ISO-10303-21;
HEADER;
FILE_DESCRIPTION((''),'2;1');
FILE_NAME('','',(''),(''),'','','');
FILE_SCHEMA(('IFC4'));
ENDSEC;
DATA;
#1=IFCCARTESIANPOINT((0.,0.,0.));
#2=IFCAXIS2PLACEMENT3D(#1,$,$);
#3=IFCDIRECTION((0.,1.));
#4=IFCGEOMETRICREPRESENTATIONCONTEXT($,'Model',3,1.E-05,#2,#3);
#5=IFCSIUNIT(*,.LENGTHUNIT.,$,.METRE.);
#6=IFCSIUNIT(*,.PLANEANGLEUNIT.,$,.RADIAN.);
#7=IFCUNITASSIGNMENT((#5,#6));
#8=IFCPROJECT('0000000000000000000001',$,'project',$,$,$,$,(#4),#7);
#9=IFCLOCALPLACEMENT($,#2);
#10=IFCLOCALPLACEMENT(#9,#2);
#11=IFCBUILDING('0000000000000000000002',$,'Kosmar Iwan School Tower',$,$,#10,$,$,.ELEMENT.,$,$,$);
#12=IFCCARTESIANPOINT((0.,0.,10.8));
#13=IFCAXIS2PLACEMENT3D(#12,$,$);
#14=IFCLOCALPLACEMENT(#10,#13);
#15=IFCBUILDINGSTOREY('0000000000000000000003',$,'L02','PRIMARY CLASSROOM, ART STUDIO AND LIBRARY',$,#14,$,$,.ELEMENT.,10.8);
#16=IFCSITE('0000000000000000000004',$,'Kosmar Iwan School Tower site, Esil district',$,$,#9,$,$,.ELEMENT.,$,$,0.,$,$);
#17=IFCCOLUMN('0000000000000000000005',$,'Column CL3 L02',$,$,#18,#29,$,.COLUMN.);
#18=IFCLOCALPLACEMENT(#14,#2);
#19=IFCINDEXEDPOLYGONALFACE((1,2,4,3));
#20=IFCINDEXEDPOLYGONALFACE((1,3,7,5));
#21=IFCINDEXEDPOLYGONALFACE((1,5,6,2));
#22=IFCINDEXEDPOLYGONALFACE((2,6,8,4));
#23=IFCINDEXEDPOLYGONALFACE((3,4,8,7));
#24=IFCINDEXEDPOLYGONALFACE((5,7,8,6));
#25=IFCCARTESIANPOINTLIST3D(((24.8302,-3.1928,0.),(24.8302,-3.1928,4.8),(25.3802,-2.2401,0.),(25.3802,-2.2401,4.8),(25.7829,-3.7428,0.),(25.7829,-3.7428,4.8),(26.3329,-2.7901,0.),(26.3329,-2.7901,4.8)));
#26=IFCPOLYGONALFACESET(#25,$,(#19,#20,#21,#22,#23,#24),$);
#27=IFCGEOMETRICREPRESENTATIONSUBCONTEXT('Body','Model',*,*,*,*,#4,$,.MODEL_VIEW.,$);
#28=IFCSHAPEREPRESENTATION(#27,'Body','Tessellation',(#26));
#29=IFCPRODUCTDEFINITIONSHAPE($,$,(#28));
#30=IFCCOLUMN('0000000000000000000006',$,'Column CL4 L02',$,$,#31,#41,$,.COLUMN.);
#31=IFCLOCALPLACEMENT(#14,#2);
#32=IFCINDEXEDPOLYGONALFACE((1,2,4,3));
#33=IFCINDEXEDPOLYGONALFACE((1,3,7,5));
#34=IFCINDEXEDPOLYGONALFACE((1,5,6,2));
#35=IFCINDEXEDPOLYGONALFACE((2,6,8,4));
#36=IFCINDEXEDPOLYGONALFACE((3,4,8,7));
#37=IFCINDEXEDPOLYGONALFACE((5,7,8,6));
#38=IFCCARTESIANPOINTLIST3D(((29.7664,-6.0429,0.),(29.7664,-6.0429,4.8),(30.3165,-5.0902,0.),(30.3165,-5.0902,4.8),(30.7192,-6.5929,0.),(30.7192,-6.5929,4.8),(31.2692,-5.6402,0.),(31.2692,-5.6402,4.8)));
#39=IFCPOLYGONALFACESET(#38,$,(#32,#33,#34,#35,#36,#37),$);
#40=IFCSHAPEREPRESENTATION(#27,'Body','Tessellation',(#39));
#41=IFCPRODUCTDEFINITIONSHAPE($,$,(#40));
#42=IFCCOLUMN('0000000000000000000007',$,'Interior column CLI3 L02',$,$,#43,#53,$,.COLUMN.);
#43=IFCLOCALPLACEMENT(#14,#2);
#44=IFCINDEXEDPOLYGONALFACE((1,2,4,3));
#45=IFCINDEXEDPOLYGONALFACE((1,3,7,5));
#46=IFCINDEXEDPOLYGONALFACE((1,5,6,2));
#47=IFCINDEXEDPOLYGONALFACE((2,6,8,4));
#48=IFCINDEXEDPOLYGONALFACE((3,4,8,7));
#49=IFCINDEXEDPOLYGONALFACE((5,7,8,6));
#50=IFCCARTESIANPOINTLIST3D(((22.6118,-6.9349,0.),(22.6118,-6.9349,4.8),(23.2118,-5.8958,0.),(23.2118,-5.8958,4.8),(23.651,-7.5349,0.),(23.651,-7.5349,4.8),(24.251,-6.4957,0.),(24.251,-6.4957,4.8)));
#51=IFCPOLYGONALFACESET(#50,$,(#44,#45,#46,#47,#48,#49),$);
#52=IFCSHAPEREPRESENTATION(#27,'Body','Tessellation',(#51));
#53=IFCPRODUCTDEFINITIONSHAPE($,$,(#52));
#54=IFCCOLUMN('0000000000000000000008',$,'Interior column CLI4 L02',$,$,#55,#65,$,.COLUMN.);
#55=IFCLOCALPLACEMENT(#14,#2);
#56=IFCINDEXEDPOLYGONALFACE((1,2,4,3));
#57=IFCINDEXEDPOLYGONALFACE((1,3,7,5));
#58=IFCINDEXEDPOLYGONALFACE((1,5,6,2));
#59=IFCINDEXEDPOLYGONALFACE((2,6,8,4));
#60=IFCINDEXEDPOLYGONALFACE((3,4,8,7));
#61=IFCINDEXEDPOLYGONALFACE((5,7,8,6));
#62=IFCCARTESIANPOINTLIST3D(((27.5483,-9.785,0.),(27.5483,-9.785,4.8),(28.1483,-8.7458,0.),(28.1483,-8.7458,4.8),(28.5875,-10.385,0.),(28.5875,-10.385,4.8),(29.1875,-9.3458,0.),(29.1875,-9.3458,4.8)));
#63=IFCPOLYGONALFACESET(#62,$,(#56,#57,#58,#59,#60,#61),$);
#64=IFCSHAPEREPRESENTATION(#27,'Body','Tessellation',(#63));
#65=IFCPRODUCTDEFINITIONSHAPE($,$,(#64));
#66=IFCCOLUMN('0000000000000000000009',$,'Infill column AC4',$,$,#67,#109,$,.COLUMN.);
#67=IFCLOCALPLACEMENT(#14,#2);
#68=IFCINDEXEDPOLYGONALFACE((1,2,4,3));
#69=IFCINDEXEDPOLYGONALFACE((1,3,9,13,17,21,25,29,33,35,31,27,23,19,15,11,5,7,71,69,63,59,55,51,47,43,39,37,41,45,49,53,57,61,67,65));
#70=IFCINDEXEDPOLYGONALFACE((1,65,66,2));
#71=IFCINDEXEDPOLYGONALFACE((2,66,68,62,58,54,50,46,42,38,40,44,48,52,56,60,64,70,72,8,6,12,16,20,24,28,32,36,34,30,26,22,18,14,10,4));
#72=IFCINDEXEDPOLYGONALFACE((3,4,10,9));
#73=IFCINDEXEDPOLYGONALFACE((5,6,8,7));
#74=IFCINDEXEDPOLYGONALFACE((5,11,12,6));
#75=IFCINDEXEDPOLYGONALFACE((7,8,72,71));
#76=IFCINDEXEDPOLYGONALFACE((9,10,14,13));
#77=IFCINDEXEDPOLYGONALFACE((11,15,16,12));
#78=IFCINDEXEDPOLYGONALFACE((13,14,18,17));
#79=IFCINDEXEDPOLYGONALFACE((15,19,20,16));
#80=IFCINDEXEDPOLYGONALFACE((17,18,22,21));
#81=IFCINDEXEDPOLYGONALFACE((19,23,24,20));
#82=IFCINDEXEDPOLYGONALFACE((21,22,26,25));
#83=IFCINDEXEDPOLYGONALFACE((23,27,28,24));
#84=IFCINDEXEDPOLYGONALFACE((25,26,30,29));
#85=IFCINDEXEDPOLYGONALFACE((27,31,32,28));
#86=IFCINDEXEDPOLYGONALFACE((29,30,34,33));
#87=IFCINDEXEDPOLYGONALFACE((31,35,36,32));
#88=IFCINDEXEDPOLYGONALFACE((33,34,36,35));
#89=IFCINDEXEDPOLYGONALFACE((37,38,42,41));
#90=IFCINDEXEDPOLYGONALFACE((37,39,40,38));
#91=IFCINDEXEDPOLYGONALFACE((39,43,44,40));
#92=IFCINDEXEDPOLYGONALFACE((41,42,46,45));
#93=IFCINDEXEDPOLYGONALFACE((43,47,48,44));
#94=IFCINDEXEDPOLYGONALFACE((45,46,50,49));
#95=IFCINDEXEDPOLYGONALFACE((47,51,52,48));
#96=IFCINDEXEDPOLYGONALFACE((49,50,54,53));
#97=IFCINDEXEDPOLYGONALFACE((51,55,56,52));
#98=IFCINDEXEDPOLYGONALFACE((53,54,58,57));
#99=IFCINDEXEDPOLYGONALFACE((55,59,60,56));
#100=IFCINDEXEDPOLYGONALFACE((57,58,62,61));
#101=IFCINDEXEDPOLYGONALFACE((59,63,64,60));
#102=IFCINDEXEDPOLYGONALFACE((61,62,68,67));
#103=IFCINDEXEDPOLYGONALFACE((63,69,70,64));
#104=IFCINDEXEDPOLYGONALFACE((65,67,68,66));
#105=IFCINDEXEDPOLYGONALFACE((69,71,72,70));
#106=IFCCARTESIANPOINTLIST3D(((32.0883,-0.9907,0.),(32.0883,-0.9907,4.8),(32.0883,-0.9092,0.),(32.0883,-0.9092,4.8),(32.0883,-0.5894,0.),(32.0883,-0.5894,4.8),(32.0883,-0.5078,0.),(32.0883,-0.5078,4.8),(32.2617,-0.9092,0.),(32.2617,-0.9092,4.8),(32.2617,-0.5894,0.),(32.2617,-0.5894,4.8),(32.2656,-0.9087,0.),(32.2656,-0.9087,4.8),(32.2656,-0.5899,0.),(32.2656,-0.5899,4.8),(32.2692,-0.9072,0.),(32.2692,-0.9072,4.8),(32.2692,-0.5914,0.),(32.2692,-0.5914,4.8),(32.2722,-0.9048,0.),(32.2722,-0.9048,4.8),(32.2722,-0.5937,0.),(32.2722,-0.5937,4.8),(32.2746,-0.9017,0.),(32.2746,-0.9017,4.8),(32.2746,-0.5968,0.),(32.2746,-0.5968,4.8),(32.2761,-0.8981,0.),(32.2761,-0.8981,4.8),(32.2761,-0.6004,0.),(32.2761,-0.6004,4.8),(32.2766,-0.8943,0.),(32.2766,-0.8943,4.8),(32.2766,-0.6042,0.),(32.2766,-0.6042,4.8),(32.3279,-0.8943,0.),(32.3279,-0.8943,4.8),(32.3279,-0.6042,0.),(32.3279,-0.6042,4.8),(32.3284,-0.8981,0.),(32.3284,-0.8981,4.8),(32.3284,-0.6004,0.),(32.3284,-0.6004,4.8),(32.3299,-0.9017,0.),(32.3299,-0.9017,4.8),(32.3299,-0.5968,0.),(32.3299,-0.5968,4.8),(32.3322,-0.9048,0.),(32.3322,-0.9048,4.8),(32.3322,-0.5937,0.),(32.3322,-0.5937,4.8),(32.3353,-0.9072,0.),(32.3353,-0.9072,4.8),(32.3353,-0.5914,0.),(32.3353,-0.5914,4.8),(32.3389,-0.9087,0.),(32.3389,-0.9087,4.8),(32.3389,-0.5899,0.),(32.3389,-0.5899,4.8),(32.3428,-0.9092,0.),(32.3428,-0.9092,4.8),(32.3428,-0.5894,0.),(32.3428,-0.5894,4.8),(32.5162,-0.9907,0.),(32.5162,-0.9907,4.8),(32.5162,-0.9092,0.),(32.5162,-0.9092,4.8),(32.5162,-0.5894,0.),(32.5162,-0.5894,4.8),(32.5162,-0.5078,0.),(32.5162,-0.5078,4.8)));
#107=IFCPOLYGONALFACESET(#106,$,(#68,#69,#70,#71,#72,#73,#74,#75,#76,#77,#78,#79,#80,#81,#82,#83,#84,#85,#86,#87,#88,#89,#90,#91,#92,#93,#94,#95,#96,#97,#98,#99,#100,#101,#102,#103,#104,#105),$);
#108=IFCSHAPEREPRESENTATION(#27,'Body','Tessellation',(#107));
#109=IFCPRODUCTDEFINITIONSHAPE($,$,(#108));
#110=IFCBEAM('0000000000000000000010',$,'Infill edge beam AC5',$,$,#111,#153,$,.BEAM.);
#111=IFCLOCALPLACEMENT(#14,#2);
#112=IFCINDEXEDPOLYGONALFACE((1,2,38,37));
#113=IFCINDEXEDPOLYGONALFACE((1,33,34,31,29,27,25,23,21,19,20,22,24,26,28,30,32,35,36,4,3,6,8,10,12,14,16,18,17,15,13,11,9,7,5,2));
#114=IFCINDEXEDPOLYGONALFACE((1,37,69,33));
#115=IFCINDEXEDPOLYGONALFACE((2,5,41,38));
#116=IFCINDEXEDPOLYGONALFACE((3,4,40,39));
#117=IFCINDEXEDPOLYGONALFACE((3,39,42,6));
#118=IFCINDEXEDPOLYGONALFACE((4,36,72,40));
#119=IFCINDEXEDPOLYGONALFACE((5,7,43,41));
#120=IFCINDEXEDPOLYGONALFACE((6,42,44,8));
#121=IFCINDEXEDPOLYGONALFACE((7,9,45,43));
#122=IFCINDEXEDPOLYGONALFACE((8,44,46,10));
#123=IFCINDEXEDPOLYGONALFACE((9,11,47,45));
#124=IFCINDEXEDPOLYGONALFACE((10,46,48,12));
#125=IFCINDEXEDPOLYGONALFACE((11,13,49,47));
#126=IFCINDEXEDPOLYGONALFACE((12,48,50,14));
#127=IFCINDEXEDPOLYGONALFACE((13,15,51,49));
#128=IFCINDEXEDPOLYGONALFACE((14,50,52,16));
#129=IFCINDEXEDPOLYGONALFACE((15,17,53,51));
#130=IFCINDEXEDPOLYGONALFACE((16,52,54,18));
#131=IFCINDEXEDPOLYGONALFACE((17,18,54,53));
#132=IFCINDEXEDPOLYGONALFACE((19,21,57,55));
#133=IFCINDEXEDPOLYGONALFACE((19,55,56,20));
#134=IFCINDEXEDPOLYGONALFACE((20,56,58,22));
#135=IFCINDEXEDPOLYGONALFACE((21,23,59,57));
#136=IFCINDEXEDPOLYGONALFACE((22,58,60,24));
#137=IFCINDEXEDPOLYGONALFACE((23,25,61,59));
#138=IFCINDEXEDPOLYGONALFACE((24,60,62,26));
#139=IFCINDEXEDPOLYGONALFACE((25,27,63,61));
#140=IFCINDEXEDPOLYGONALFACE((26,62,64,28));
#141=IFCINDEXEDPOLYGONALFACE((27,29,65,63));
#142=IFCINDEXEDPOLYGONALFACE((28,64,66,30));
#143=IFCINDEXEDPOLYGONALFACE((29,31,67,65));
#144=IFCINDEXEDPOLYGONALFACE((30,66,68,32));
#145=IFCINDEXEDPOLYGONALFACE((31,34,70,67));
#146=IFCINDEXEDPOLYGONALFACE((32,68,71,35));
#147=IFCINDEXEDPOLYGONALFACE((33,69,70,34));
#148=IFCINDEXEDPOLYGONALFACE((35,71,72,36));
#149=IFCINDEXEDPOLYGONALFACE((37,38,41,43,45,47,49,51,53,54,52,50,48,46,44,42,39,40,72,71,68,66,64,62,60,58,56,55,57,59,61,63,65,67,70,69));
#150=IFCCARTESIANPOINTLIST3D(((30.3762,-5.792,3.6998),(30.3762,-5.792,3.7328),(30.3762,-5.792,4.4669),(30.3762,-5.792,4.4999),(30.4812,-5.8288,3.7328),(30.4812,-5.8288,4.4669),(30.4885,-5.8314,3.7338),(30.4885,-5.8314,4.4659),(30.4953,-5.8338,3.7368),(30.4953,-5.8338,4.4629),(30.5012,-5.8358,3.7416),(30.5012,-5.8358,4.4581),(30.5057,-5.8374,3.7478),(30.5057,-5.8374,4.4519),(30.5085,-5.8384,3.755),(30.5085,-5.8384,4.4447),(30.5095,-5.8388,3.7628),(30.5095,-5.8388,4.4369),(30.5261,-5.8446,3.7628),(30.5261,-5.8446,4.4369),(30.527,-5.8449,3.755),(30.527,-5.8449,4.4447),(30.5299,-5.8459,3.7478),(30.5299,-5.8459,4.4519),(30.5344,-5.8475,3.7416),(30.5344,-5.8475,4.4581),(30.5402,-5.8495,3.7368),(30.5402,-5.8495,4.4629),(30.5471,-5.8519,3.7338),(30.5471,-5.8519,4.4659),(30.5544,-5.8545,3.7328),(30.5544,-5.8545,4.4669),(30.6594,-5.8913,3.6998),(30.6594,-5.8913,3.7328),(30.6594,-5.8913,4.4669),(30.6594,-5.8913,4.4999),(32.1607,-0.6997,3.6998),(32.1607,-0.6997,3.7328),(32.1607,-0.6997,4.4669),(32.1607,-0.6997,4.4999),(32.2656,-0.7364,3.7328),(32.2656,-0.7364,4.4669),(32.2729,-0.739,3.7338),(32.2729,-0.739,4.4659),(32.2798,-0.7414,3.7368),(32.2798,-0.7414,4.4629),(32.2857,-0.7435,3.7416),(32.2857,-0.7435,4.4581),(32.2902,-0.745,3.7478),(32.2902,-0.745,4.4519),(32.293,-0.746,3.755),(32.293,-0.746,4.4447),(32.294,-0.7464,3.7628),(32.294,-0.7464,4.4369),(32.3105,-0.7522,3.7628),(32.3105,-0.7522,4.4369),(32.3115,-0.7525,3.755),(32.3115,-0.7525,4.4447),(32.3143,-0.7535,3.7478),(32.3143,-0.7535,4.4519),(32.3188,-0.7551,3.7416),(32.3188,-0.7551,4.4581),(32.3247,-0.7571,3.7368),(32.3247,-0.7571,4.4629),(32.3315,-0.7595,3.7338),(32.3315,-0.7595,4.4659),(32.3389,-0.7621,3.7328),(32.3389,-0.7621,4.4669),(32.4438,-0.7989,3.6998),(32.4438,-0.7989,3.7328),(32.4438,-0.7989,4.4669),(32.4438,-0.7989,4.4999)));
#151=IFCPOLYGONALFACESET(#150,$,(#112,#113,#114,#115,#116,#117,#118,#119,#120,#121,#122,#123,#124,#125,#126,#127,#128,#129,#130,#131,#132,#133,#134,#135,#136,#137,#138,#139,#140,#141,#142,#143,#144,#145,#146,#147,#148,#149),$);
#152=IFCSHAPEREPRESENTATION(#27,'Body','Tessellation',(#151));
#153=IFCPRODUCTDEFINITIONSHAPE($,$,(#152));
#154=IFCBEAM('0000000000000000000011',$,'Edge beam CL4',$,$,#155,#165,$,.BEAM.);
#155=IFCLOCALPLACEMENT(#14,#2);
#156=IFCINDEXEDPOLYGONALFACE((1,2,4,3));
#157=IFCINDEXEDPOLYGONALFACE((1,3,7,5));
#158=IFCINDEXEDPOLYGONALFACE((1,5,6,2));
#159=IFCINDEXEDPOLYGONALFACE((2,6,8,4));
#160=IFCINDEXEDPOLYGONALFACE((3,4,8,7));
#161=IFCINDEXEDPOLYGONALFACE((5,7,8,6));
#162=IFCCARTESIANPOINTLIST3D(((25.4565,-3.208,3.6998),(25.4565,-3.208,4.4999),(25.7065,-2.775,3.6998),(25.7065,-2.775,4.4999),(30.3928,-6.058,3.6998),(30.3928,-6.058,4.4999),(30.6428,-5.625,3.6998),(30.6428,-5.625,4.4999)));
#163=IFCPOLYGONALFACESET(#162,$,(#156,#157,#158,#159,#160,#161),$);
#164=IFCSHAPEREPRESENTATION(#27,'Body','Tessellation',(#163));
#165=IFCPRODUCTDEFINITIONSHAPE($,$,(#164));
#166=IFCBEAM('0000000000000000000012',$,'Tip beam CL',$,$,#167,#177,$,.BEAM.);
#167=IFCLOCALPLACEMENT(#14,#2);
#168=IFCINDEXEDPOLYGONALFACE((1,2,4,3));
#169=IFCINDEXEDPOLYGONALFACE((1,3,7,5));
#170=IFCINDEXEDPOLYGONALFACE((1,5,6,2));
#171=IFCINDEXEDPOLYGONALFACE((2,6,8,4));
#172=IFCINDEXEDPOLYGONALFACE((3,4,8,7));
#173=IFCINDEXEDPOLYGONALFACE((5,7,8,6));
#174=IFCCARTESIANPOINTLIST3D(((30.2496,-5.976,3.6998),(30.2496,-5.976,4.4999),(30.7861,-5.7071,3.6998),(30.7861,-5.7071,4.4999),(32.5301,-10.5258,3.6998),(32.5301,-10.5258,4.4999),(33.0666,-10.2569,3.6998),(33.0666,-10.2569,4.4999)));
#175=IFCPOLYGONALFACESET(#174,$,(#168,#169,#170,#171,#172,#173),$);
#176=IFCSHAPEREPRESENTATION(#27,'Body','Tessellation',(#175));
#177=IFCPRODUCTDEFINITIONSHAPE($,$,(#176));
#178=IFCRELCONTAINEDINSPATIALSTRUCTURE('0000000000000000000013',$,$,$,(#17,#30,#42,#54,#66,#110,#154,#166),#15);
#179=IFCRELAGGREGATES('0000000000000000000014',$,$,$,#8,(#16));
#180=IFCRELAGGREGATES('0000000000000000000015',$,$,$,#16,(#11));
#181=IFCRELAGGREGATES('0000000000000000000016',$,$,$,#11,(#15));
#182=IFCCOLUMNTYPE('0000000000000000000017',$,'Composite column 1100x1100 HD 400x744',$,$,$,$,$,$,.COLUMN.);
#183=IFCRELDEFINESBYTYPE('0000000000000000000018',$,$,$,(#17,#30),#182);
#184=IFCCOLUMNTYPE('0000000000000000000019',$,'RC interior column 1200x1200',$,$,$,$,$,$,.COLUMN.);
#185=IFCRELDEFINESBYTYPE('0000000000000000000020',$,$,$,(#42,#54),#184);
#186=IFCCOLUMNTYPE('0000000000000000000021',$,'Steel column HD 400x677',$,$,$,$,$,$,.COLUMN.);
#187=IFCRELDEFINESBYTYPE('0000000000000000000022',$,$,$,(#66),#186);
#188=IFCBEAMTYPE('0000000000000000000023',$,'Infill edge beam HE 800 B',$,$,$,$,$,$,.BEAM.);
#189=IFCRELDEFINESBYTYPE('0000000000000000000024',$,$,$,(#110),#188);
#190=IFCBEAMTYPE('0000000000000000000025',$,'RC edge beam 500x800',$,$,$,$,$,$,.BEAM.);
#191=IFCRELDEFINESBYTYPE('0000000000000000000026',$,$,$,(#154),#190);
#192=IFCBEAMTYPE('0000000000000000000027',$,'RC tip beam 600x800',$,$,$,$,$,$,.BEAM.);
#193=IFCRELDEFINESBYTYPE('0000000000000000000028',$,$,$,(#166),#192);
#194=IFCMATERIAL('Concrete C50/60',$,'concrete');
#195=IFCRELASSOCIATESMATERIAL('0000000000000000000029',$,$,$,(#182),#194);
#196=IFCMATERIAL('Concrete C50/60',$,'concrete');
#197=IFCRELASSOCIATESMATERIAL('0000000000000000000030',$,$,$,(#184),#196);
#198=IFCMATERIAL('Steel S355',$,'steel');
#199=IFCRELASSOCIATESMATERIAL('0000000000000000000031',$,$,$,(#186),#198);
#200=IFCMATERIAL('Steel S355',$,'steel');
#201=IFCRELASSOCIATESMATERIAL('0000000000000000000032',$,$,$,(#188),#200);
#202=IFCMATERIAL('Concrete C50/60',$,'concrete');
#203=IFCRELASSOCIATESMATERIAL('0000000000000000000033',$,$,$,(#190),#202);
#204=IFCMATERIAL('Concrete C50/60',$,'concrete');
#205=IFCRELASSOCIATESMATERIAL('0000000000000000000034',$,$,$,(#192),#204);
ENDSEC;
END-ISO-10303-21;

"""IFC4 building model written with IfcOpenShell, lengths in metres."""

from ifc_helpers import new_model, si_unit, direction, frame, origin, origin_2d, place, context, subcontext, project, spatial, rectangle, i_section, extrude, material, material_profile, profile_set, type_object, element, save


model = new_model("IFC4")

# Units and contexts
model_context = context("Model", 3, precision=1e-05, world=origin(), true_north=direction((0.0, 1.0)))
body_context = subcontext(model_context, "Body", "Model", "MODEL_VIEW")
ifc_project = project(units=[si_unit("LENGTHUNIT", "METRE"), si_unit("PLANEANGLEUNIT", "RADIAN")], contexts=[model_context])

# Site, building, storey
site_placement = place(None, origin())
site = spatial("IfcSite", under=ifc_project, at=site_placement, Name="Kosmar Iwan School Tower site, Esil district", CompositionType="ELEMENT", RefElevation=0.0)
building_placement = place(site_placement, origin())
building = spatial("IfcBuilding", under=site, at=building_placement, Name="Kosmar Iwan School Tower", CompositionType="ELEMENT")
storey_placement = place(building_placement, frame((0.0, 0.0, 10.8)))
storey = spatial("IfcBuildingStorey", under=building, at=storey_placement, Name="L02", Description="PRIMARY CLASSROOM, ART STUDIO AND LIBRARY", CompositionType="ELEMENT", Elevation=10.8)

# Columns
ifc_material_1 = material(Name="Concrete C50/60", Category="concrete")
ifc_material_profile_1 = material_profile(ifc_material_1, rectangle(XDim=1.1001, YDim=1.1001, at=origin_2d()), Name="RC 1100x1100 + HD 400x744")
ifc_profile_set_1 = profile_set([ifc_material_profile_1], Name="Concrete C50/60")
column_type_1 = type_object("IfcColumnType", Name="Composite column 1100x1100 HD 400x744", PredefinedType="COLUMN", material=ifc_profile_set_1)
for number, where, z_axis, x_axis, name in (
    (1, (25.5815, -2.9915, 0.0), (0.0, 0.0, 1.0), (0.866025, -0.5, 0.0), "Column CL3 L02"),
    (2, (30.5178, -5.8416, 0.0), (0.0, 0.0, 1.0), (0.866025, -0.5, 0.0), "Column CL4 L02"),
):
    element("IfcColumn", number, at=place(storey_placement, frame(where, z_axis=z_axis, x_axis=x_axis)), inside=storey, type_object=column_type_1, Name=name, PredefinedType="COLUMN", context=body_context, shape_type="SweptSolid", body=[
        extrude(rectangle(XDim=1.1001, YDim=1.1001, at=origin_2d()), origin(), (0.0, 0.0, 1.0), 4.8),
    ])
ifc_material_2 = material(Name="Concrete C50/60", Category="concrete")
ifc_material_profile_2 = material_profile(ifc_material_2, rectangle(XDim=1.2, YDim=1.2, at=origin_2d()), Name="RC 1200x1200")
ifc_profile_set_2 = profile_set([ifc_material_profile_2], Name="Concrete C50/60")
column_type_2 = type_object("IfcColumnType", Name="RC interior column 1200x1200", PredefinedType="COLUMN", material=ifc_profile_set_2)
for number, where, z_axis, x_axis, name in (
    (3, (23.4314, -6.7153, 0.0), (0.0, 0.0, 1.0), (0.866025, -0.5, 0.0), "Interior column CLI3 L02"),
    (4, (28.3679, -9.5654, 0.0), (0.0, 0.0, 1.0), (0.866025, -0.5, 0.0), "Interior column CLI4 L02"),
):
    element("IfcColumn", number, at=place(storey_placement, frame(where, z_axis=z_axis, x_axis=x_axis)), inside=storey, type_object=column_type_2, Name=name, PredefinedType="COLUMN", context=body_context, shape_type="SweptSolid", body=[
        extrude(rectangle(XDim=1.2, YDim=1.2, at=origin_2d()), origin(), (0.0, 0.0, 1.0), 4.8),
    ])
ifc_material_3 = material(Name="Steel S355", Category="steel")
ifc_material_profile_3 = material_profile(ifc_material_3, i_section(OverallWidth=0.428, OverallDepth=0.4829, WebThickness=0.0513, FlangeThickness=0.0815, FilletRadius=0.0149, at=origin_2d()), Name="HD 400x677")
ifc_profile_set_3 = profile_set([ifc_material_profile_3], Name="Steel S355")
column_type_3 = type_object("IfcColumnType", Name="Steel column HD 400x677", PredefinedType="COLUMN", material=ifc_profile_set_3)
column_placement = place(storey_placement, frame((32.3022, -0.7493, 0.0), z_axis=(0.0, 0.0, 1.0), x_axis=(1.0, 0.0, 0.0)))
element("IfcColumn", 5, at=column_placement, inside=storey, type_object=column_type_3, Name="Infill column AC4", PredefinedType="COLUMN", context=body_context, shape_type="SweptSolid", body=[
    extrude(i_section(OverallWidth=0.428, OverallDepth=0.4829, WebThickness=0.0513, FlangeThickness=0.0815, FilletRadius=0.0149, at=origin_2d()), origin(), (0.0, 0.0, 1.0), 4.8),
])

# Beams
ifc_material_4 = material(Name="Steel S355", Category="steel")
ifc_material_profile_4 = material_profile(ifc_material_4, i_section(OverallWidth=0.3, OverallDepth=0.8, WebThickness=0.0176, FlangeThickness=0.033, FilletRadius=0.03, at=origin_2d()), Name="HE 800 B")
ifc_profile_set_4 = profile_set([ifc_material_profile_4], Name="Steel S355")
beam_type_1 = type_object("IfcBeamType", Name="Infill edge beam HE 800 B", PredefinedType="BEAM", material=ifc_profile_set_4)
beam_1_placement = place(storey_placement, frame((32.3022, -0.7493, 4.0999), z_axis=(-0.330701, -0.943736, 0.0), x_axis=(0.943736, -0.330701, 0.0)))
element("IfcBeam", 6, at=beam_1_placement, inside=storey, type_object=beam_type_1, Name="Infill edge beam AC5", PredefinedType="BEAM", context=body_context, shape_type="SweptSolid", body=[
    extrude(i_section(OverallWidth=0.3, OverallDepth=0.8, WebThickness=0.0176, FlangeThickness=0.033, FilletRadius=0.03, at=origin_2d()), origin(), (0.0, 0.0, 1.0), 5.396),
])
ifc_material_5 = material(Name="Concrete C50/60", Category="concrete")
ifc_material_profile_5 = material_profile(ifc_material_5, rectangle(XDim=0.5, YDim=0.8, at=origin_2d()), Name="RC 500x800")
ifc_profile_set_5 = profile_set([ifc_material_profile_5], Name="Concrete C50/60")
beam_type_2 = type_object("IfcBeamType", Name="RC edge beam 500x800", PredefinedType="BEAM", material=ifc_profile_set_5)
beam_2_placement = place(storey_placement, frame((25.5815, -2.9915, 4.0999), z_axis=(0.866015, -0.500018, 0.0), x_axis=(0.500018, 0.866015, 0.0)))
element("IfcBeam", 7, at=beam_2_placement, inside=storey, type_object=beam_type_2, Name="Edge beam CL4", PredefinedType="BEAM", context=body_context, shape_type="SweptSolid", body=[
    extrude(rectangle(XDim=0.5, YDim=0.8, at=origin_2d()), origin(), (0.0, 0.0, 1.0), 5.7),
])
ifc_material_6 = material(Name="Concrete C50/60", Category="concrete")
ifc_material_profile_6 = material_profile(ifc_material_6, rectangle(XDim=0.6001, YDim=0.8, at=origin_2d()), Name="RC 600x800")
ifc_profile_set_6 = profile_set([ifc_material_profile_6], Name="Concrete C50/60")
beam_type_3 = type_object("IfcBeamType", Name="RC tip beam 600x800", PredefinedType="BEAM", material=ifc_profile_set_6)
beam_3_placement = place(storey_placement, frame((30.5178, -5.8416, 4.0999), z_axis=(0.448096, -0.893985, 0.0), x_axis=(0.893985, 0.448096, 0.0)))
element("IfcBeam", 8, at=beam_3_placement, inside=storey, type_object=beam_type_3, Name="Tip beam CL", PredefinedType="BEAM", context=body_context, shape_type="SweptSolid", body=[
    extrude(rectangle(XDim=0.6001, YDim=0.8, at=origin_2d()), origin(), (0.0, 0.0, 1.0), 5.0894),
])

save(model, "model.ifc")
